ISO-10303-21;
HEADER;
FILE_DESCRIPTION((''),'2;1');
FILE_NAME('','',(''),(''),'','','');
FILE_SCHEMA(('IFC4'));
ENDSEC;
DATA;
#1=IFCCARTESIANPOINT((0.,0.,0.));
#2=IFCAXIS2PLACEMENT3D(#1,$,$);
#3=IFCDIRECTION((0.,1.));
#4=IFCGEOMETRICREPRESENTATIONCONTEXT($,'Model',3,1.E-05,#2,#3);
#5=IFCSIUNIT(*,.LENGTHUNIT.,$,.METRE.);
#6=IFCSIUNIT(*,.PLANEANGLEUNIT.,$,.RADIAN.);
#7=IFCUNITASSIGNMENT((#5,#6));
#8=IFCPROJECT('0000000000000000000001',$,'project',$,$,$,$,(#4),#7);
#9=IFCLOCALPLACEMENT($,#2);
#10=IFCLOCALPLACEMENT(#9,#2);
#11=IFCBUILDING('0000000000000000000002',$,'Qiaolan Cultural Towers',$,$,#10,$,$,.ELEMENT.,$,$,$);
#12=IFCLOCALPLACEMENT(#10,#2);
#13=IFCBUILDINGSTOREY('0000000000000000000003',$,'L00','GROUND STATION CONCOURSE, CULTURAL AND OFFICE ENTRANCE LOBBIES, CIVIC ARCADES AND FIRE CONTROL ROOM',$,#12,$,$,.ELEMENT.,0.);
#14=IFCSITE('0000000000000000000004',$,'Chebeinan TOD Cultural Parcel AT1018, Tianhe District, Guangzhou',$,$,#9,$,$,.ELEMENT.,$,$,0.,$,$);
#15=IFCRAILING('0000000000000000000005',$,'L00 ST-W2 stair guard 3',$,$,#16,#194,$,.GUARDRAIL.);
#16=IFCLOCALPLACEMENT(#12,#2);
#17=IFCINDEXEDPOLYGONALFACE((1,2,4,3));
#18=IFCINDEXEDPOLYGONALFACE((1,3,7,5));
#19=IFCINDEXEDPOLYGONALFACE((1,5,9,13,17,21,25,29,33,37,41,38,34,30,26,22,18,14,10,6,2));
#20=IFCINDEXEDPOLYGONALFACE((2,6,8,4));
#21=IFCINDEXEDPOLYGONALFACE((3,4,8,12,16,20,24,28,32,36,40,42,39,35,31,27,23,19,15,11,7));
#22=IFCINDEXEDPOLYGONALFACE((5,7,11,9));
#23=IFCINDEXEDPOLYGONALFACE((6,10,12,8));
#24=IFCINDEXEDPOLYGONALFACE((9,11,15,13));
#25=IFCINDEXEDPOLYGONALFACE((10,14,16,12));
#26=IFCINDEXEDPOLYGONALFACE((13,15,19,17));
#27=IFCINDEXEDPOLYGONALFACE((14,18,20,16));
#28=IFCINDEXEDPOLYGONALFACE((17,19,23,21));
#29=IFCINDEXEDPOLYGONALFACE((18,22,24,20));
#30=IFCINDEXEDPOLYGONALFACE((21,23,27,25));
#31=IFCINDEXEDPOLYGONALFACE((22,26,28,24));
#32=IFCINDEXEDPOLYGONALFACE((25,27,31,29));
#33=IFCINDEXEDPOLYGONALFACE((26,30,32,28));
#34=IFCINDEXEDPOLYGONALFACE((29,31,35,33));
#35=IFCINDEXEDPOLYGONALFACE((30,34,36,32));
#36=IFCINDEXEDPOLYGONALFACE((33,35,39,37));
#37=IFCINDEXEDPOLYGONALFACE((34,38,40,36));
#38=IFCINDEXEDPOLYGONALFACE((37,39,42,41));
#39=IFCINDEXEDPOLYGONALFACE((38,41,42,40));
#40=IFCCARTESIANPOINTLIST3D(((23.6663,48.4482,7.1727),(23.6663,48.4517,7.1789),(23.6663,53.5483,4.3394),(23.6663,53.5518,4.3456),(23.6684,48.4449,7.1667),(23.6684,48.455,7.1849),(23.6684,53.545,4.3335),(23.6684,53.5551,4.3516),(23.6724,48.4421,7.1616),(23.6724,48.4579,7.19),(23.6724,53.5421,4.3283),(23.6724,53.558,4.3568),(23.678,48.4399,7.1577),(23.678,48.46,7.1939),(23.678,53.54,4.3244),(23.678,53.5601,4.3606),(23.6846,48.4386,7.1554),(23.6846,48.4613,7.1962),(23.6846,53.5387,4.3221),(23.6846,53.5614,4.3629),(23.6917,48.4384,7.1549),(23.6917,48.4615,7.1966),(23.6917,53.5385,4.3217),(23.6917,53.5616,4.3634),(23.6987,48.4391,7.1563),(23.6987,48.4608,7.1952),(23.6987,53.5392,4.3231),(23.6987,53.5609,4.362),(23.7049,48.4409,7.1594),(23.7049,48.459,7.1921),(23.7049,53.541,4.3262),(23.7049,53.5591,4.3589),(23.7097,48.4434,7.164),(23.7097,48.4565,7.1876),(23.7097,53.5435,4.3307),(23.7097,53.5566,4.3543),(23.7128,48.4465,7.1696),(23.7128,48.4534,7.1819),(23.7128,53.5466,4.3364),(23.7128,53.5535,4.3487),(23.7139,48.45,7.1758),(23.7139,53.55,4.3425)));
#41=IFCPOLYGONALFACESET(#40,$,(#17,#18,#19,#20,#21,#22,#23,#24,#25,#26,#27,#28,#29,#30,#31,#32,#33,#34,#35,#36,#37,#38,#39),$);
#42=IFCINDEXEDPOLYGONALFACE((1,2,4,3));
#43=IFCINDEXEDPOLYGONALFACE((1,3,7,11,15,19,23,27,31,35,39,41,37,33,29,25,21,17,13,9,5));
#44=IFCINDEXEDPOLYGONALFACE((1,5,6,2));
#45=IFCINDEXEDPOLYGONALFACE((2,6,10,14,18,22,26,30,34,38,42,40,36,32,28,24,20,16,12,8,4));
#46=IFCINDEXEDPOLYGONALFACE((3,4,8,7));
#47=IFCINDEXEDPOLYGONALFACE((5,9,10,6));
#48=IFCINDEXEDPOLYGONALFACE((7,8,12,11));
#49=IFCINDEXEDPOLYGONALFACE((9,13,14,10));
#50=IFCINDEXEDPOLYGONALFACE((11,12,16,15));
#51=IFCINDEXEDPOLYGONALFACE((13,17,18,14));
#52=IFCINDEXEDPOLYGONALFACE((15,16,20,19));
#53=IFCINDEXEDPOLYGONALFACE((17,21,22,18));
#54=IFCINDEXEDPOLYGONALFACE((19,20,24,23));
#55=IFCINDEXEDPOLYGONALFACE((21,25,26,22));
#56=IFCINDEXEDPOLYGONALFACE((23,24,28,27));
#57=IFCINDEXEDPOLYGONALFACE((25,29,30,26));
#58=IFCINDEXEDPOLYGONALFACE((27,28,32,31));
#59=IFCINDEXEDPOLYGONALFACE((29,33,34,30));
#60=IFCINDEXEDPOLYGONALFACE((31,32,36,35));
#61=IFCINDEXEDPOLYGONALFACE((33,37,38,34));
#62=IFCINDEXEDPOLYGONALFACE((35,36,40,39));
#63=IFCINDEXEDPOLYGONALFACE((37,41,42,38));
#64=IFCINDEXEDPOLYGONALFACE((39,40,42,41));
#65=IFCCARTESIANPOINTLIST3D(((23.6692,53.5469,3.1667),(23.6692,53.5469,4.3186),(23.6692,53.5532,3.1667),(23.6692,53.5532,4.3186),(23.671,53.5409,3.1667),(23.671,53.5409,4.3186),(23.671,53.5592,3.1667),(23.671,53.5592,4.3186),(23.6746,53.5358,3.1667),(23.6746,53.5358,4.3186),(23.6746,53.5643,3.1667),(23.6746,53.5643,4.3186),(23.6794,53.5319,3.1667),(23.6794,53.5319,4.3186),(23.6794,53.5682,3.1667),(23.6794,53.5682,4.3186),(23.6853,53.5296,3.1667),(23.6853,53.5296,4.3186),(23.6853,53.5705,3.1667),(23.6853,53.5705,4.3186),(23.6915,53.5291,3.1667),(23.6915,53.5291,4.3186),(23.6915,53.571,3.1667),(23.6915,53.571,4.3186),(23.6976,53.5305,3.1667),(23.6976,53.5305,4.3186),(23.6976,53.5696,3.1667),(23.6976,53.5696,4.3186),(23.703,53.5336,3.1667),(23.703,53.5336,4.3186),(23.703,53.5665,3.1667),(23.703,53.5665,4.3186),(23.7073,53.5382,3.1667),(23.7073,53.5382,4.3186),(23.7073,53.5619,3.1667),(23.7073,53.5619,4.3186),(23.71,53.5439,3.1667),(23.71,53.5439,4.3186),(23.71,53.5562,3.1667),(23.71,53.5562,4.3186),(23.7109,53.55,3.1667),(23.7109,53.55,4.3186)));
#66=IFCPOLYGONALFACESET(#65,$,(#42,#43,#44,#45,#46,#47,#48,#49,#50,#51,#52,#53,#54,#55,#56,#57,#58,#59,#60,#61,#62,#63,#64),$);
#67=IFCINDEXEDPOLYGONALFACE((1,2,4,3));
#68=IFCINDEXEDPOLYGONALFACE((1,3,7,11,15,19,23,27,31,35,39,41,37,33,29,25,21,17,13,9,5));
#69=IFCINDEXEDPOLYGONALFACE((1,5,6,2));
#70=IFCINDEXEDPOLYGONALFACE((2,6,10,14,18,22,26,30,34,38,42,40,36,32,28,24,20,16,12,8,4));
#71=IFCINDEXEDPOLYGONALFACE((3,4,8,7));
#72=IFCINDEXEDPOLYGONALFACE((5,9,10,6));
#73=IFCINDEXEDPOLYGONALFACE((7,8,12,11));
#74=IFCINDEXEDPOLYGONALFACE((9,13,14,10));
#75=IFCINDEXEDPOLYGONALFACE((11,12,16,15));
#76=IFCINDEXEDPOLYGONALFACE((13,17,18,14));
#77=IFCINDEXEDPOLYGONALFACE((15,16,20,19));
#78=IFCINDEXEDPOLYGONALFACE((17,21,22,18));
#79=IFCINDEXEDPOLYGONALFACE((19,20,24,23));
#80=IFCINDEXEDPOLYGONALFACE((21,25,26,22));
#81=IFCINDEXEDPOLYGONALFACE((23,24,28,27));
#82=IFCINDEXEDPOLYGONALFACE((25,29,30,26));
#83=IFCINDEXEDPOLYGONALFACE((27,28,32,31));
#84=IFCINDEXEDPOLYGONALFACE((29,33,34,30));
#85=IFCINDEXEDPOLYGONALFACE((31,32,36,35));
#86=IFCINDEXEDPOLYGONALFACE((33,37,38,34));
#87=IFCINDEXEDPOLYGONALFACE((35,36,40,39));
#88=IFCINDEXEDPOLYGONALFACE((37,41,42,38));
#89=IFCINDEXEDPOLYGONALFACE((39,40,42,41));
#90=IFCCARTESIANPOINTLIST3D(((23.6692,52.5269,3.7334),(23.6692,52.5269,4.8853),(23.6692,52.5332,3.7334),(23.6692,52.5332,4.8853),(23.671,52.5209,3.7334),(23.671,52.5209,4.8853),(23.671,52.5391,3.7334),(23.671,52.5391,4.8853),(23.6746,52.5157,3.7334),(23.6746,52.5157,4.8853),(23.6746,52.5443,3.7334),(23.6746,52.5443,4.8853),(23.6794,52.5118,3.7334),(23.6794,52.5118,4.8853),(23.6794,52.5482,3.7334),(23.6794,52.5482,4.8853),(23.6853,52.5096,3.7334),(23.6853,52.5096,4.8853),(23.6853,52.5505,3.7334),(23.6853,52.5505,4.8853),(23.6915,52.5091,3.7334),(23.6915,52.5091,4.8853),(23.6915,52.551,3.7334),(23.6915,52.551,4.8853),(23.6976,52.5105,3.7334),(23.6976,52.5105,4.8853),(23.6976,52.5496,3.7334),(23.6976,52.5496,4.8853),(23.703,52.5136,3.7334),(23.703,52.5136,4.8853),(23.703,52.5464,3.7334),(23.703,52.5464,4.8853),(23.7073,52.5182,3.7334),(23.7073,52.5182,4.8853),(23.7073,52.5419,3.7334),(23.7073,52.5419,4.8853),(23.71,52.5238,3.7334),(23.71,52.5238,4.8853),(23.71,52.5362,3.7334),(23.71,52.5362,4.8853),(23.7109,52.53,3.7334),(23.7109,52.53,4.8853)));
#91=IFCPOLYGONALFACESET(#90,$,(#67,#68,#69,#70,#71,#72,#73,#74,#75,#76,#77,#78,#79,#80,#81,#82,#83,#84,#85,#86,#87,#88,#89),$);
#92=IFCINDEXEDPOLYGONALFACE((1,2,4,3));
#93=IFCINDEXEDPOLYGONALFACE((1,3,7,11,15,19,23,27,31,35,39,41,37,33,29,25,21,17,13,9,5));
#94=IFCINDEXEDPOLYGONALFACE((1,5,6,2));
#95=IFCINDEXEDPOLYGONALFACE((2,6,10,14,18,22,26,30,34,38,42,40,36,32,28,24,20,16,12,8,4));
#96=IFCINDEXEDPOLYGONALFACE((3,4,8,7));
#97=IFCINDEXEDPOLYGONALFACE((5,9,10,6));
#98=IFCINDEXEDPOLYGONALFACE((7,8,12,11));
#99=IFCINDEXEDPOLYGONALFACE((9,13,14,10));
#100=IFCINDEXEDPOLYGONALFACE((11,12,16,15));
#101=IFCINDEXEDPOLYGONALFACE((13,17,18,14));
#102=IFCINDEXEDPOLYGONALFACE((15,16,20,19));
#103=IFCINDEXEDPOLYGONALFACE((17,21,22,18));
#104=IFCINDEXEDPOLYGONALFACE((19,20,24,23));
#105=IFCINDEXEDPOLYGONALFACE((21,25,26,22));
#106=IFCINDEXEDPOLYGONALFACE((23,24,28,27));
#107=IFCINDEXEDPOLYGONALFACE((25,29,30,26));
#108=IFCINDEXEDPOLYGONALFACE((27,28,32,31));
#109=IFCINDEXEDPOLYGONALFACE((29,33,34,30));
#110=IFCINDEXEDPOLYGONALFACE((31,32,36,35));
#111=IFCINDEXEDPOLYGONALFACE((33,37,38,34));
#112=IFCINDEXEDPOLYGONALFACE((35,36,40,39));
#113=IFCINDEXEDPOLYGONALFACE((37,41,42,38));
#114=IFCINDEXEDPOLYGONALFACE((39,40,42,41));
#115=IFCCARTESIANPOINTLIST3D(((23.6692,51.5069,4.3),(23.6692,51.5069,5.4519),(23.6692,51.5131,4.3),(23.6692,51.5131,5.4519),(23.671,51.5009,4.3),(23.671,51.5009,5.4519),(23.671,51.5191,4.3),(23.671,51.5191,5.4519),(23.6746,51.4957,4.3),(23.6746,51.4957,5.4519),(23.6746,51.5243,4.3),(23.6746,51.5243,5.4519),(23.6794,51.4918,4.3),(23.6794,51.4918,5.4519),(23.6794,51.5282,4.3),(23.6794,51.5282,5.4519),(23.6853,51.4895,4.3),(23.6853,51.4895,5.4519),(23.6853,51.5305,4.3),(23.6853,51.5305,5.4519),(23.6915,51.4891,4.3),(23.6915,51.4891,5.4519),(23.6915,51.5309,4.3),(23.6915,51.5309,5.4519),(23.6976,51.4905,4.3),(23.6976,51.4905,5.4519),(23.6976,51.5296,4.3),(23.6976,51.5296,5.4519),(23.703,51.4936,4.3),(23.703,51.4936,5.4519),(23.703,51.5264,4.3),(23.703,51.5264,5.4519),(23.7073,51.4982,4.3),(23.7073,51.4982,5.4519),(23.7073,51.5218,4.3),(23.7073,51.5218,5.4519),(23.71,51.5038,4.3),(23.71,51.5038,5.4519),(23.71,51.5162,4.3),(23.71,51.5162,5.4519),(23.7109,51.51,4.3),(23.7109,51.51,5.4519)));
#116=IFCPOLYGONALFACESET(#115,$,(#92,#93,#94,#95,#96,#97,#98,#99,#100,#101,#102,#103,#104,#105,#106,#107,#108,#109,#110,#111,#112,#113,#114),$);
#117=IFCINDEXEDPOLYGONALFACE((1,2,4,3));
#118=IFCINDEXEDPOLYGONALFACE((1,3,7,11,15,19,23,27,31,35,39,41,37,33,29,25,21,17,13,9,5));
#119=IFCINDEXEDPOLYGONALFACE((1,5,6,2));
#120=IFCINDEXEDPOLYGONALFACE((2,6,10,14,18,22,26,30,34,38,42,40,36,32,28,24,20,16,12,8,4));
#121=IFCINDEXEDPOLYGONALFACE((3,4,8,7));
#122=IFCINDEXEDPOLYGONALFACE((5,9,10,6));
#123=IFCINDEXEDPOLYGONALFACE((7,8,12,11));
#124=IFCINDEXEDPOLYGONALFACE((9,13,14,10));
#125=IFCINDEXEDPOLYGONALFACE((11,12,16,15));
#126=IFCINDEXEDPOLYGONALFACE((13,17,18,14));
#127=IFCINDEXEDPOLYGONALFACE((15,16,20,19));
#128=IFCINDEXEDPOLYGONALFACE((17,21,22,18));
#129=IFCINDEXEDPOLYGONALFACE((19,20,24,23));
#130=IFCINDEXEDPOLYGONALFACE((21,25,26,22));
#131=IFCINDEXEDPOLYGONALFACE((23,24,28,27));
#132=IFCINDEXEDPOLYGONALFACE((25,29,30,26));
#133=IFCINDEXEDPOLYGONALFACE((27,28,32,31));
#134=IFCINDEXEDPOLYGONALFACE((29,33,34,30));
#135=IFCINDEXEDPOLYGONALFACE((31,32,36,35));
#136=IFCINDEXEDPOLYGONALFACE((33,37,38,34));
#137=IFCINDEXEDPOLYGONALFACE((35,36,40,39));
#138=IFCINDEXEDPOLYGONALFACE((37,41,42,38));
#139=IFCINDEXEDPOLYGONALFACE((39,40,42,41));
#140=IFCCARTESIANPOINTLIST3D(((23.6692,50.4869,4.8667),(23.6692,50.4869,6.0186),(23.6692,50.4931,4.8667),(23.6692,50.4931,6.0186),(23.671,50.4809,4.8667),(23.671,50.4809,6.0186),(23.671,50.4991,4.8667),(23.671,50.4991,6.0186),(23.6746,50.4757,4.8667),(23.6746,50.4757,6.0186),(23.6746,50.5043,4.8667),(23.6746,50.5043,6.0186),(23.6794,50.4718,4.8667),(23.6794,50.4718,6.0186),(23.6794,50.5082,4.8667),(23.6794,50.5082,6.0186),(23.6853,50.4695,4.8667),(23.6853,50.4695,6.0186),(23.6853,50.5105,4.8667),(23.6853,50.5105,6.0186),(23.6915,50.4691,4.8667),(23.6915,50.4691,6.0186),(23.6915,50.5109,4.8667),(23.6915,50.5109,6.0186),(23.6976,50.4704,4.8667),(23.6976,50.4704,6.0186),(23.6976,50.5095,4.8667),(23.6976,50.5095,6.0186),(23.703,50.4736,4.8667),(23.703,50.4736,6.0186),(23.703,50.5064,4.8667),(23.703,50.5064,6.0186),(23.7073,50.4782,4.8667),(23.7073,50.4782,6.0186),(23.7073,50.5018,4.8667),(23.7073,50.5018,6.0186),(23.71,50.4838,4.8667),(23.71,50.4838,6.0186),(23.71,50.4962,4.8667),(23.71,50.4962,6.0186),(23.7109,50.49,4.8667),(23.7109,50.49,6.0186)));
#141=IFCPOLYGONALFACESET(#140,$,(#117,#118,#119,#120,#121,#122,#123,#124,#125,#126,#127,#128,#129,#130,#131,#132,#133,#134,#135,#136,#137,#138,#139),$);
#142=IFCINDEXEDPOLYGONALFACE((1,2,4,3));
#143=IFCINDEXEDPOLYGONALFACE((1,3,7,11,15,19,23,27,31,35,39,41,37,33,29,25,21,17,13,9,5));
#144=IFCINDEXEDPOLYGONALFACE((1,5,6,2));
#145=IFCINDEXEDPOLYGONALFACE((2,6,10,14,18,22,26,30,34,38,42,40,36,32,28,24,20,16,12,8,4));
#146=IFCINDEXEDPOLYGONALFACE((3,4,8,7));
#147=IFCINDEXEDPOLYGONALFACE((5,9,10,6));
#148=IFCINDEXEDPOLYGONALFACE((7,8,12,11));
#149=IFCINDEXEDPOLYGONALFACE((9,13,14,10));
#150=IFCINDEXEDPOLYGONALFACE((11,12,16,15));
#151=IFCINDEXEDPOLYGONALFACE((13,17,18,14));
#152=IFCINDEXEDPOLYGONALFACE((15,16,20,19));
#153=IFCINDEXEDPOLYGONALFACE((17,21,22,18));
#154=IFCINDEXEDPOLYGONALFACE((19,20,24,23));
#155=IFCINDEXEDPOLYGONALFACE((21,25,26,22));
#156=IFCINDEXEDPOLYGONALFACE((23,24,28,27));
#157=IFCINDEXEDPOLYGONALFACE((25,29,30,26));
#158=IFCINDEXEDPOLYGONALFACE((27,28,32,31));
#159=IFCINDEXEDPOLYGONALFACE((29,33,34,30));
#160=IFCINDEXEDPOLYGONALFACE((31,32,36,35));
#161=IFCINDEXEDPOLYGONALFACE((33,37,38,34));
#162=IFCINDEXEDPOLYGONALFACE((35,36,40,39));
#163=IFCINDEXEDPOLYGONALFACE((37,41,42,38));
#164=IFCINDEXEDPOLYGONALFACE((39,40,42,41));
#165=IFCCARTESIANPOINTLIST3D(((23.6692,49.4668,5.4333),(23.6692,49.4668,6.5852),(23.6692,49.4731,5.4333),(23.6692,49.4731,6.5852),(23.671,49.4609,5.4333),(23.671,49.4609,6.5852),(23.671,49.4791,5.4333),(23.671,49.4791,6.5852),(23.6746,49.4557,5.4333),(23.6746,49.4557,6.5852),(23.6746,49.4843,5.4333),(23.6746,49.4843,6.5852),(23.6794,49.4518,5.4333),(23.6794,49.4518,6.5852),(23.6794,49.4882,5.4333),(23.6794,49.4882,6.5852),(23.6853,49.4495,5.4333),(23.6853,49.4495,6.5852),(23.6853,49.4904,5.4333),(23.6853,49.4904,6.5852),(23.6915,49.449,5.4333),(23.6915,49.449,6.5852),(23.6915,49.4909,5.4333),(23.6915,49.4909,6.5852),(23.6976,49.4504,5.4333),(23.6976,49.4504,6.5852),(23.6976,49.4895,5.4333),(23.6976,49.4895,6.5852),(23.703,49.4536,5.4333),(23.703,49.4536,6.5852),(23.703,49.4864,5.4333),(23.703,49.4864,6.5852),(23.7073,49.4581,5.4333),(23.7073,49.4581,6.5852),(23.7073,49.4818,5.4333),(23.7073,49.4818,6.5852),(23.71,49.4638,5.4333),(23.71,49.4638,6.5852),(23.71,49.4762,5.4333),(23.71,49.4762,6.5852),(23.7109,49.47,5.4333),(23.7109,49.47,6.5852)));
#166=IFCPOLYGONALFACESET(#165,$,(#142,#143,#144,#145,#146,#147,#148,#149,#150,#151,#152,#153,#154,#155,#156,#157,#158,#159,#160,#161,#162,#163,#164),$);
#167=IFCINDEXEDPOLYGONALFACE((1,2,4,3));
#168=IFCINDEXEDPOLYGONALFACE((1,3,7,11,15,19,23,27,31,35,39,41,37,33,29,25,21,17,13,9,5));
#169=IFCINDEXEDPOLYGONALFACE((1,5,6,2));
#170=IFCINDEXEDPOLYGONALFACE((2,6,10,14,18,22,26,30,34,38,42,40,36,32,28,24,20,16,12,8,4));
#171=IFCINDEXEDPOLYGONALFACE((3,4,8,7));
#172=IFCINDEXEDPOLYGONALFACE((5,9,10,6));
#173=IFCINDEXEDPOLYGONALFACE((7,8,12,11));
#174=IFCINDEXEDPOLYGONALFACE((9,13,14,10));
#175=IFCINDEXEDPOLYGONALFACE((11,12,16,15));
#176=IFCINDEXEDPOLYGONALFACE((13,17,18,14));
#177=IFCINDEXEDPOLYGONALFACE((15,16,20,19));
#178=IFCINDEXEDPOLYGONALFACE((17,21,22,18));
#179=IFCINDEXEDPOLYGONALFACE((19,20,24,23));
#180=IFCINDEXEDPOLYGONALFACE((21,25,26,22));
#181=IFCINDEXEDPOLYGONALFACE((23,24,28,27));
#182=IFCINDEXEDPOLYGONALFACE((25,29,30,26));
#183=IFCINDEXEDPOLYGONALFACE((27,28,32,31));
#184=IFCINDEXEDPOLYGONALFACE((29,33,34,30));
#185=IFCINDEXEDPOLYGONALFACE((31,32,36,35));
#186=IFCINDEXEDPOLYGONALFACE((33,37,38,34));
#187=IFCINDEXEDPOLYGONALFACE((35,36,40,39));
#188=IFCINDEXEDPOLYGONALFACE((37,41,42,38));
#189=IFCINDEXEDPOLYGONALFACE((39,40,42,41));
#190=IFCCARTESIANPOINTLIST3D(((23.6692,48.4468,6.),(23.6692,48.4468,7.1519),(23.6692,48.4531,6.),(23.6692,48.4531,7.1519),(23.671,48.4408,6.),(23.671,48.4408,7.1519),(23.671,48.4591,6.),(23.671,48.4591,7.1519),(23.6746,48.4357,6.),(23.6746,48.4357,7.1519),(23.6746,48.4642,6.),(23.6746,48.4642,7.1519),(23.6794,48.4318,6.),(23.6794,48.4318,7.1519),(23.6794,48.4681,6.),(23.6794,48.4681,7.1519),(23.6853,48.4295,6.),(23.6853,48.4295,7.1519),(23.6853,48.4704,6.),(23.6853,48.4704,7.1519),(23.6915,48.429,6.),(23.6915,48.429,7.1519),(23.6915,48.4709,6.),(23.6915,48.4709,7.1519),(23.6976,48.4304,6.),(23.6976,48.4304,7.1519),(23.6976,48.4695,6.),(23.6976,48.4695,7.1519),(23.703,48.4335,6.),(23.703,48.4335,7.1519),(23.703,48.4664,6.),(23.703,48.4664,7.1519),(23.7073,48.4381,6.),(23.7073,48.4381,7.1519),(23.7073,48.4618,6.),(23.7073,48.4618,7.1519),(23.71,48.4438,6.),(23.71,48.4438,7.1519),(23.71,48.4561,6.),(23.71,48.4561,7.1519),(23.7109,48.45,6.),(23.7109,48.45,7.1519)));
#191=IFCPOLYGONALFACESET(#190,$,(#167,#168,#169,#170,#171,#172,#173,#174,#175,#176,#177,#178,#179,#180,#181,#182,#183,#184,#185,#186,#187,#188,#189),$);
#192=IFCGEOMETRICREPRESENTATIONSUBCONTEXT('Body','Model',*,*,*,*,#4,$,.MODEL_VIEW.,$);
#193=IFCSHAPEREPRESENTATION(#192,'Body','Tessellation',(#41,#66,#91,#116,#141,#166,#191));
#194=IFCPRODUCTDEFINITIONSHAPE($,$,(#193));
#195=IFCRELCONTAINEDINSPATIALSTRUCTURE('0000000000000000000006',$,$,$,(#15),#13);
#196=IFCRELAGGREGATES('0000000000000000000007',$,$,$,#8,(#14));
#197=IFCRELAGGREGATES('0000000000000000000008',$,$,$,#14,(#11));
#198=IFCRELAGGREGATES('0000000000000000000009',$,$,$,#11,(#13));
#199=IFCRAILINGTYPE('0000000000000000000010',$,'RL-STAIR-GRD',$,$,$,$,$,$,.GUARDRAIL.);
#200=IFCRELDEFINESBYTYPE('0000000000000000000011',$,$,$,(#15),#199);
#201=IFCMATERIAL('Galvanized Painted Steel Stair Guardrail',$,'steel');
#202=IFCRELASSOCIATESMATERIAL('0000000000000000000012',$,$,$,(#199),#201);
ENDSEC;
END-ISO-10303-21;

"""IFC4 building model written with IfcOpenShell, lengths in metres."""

from ifc_helpers import new_model, si_unit, direction, frame, origin, origin_2d, place, context, subcontext, project, spatial, circle, extrude, material, type_object, element, save


model = new_model("IFC4")

# Units and contexts
model_context = context("Model", 3, precision=1e-05, world=origin(), true_north=direction((0.0, 1.0)))
body_context = subcontext(model_context, "Body", "Model", "MODEL_VIEW")
ifc_project = project(units=[si_unit("LENGTHUNIT", "METRE"), si_unit("PLANEANGLEUNIT", "RADIAN")], contexts=[model_context])

# Site, building, storey
site_placement = place(None, origin())
site = spatial("IfcSite", under=ifc_project, at=site_placement, Name="Chebeinan TOD Cultural Parcel AT1018, Tianhe District, Guangzhou", CompositionType="ELEMENT", RefElevation=0.0)
building_placement = place(site_placement, origin())
building = spatial("IfcBuilding", under=site, at=building_placement, Name="Qiaolan Cultural Towers", CompositionType="ELEMENT")
storey_placement = place(building_placement, origin())
storey = spatial("IfcBuildingStorey", under=building, at=storey_placement, Name="L00", Description="GROUND STATION CONCOURSE, CULTURAL AND OFFICE ENTRANCE LOBBIES, CIVIC ARCADES AND FIRE CONTROL ROOM", CompositionType="ELEMENT", Elevation=0.0)

# Railing
ifc_material_1 = material(Name="Galvanized Painted Steel Stair Guardrail", Category="steel")
railing_type = type_object("IfcRailingType", Name="RL-STAIR-GRD", PredefinedType="GUARDRAIL", material=ifc_material_1)
railing_1_placement = place(storey_placement, frame((23.6899, 53.55, 3.1667)))
element("IfcRailing", 1, at=railing_1_placement, inside=storey, type_object=railing_type, Name="L00 ST-W2 stair guard 3", PredefinedType="GUARDRAIL", context=body_context, shape_type="SweptSolid", body=[
    extrude(circle(Radius=0.0239, at=origin_2d()), frame((0.0, 0.0, 1.1758), z_axis=(0.0, -0.874167, 0.485625), x_axis=(1.0, 0.0, 0.0)), (0.0, 0.0, 1.0), 5.8342),
    extrude(circle(Radius=0.021, at=origin_2d()), origin(), (0.0, 0.0, 1.0), 1.1519),
    extrude(circle(Radius=0.021, at=origin_2d()), frame((0.0, -1.02, 0.5667)), (0.0, 0.0, 1.0), 1.1519),
    extrude(circle(Radius=0.021, at=origin_2d()), frame((0.0, -2.04, 1.1333)), (0.0, 0.0, 1.0), 1.1519),
    extrude(circle(Radius=0.021, at=origin_2d()), frame((0.0, -3.0601, 1.7)), (0.0, 0.0, 1.0), 1.1519),
    extrude(circle(Radius=0.021, at=origin_2d()), frame((0.0, -4.0801, 2.2666)), (0.0, 0.0, 1.0), 1.1519),
    extrude(circle(Radius=0.021, at=origin_2d()), frame((0.0, -5.1001, 2.8333)), (0.0, 0.0, 1.0), 1.1519),
])

save(model, "model.ifc")
